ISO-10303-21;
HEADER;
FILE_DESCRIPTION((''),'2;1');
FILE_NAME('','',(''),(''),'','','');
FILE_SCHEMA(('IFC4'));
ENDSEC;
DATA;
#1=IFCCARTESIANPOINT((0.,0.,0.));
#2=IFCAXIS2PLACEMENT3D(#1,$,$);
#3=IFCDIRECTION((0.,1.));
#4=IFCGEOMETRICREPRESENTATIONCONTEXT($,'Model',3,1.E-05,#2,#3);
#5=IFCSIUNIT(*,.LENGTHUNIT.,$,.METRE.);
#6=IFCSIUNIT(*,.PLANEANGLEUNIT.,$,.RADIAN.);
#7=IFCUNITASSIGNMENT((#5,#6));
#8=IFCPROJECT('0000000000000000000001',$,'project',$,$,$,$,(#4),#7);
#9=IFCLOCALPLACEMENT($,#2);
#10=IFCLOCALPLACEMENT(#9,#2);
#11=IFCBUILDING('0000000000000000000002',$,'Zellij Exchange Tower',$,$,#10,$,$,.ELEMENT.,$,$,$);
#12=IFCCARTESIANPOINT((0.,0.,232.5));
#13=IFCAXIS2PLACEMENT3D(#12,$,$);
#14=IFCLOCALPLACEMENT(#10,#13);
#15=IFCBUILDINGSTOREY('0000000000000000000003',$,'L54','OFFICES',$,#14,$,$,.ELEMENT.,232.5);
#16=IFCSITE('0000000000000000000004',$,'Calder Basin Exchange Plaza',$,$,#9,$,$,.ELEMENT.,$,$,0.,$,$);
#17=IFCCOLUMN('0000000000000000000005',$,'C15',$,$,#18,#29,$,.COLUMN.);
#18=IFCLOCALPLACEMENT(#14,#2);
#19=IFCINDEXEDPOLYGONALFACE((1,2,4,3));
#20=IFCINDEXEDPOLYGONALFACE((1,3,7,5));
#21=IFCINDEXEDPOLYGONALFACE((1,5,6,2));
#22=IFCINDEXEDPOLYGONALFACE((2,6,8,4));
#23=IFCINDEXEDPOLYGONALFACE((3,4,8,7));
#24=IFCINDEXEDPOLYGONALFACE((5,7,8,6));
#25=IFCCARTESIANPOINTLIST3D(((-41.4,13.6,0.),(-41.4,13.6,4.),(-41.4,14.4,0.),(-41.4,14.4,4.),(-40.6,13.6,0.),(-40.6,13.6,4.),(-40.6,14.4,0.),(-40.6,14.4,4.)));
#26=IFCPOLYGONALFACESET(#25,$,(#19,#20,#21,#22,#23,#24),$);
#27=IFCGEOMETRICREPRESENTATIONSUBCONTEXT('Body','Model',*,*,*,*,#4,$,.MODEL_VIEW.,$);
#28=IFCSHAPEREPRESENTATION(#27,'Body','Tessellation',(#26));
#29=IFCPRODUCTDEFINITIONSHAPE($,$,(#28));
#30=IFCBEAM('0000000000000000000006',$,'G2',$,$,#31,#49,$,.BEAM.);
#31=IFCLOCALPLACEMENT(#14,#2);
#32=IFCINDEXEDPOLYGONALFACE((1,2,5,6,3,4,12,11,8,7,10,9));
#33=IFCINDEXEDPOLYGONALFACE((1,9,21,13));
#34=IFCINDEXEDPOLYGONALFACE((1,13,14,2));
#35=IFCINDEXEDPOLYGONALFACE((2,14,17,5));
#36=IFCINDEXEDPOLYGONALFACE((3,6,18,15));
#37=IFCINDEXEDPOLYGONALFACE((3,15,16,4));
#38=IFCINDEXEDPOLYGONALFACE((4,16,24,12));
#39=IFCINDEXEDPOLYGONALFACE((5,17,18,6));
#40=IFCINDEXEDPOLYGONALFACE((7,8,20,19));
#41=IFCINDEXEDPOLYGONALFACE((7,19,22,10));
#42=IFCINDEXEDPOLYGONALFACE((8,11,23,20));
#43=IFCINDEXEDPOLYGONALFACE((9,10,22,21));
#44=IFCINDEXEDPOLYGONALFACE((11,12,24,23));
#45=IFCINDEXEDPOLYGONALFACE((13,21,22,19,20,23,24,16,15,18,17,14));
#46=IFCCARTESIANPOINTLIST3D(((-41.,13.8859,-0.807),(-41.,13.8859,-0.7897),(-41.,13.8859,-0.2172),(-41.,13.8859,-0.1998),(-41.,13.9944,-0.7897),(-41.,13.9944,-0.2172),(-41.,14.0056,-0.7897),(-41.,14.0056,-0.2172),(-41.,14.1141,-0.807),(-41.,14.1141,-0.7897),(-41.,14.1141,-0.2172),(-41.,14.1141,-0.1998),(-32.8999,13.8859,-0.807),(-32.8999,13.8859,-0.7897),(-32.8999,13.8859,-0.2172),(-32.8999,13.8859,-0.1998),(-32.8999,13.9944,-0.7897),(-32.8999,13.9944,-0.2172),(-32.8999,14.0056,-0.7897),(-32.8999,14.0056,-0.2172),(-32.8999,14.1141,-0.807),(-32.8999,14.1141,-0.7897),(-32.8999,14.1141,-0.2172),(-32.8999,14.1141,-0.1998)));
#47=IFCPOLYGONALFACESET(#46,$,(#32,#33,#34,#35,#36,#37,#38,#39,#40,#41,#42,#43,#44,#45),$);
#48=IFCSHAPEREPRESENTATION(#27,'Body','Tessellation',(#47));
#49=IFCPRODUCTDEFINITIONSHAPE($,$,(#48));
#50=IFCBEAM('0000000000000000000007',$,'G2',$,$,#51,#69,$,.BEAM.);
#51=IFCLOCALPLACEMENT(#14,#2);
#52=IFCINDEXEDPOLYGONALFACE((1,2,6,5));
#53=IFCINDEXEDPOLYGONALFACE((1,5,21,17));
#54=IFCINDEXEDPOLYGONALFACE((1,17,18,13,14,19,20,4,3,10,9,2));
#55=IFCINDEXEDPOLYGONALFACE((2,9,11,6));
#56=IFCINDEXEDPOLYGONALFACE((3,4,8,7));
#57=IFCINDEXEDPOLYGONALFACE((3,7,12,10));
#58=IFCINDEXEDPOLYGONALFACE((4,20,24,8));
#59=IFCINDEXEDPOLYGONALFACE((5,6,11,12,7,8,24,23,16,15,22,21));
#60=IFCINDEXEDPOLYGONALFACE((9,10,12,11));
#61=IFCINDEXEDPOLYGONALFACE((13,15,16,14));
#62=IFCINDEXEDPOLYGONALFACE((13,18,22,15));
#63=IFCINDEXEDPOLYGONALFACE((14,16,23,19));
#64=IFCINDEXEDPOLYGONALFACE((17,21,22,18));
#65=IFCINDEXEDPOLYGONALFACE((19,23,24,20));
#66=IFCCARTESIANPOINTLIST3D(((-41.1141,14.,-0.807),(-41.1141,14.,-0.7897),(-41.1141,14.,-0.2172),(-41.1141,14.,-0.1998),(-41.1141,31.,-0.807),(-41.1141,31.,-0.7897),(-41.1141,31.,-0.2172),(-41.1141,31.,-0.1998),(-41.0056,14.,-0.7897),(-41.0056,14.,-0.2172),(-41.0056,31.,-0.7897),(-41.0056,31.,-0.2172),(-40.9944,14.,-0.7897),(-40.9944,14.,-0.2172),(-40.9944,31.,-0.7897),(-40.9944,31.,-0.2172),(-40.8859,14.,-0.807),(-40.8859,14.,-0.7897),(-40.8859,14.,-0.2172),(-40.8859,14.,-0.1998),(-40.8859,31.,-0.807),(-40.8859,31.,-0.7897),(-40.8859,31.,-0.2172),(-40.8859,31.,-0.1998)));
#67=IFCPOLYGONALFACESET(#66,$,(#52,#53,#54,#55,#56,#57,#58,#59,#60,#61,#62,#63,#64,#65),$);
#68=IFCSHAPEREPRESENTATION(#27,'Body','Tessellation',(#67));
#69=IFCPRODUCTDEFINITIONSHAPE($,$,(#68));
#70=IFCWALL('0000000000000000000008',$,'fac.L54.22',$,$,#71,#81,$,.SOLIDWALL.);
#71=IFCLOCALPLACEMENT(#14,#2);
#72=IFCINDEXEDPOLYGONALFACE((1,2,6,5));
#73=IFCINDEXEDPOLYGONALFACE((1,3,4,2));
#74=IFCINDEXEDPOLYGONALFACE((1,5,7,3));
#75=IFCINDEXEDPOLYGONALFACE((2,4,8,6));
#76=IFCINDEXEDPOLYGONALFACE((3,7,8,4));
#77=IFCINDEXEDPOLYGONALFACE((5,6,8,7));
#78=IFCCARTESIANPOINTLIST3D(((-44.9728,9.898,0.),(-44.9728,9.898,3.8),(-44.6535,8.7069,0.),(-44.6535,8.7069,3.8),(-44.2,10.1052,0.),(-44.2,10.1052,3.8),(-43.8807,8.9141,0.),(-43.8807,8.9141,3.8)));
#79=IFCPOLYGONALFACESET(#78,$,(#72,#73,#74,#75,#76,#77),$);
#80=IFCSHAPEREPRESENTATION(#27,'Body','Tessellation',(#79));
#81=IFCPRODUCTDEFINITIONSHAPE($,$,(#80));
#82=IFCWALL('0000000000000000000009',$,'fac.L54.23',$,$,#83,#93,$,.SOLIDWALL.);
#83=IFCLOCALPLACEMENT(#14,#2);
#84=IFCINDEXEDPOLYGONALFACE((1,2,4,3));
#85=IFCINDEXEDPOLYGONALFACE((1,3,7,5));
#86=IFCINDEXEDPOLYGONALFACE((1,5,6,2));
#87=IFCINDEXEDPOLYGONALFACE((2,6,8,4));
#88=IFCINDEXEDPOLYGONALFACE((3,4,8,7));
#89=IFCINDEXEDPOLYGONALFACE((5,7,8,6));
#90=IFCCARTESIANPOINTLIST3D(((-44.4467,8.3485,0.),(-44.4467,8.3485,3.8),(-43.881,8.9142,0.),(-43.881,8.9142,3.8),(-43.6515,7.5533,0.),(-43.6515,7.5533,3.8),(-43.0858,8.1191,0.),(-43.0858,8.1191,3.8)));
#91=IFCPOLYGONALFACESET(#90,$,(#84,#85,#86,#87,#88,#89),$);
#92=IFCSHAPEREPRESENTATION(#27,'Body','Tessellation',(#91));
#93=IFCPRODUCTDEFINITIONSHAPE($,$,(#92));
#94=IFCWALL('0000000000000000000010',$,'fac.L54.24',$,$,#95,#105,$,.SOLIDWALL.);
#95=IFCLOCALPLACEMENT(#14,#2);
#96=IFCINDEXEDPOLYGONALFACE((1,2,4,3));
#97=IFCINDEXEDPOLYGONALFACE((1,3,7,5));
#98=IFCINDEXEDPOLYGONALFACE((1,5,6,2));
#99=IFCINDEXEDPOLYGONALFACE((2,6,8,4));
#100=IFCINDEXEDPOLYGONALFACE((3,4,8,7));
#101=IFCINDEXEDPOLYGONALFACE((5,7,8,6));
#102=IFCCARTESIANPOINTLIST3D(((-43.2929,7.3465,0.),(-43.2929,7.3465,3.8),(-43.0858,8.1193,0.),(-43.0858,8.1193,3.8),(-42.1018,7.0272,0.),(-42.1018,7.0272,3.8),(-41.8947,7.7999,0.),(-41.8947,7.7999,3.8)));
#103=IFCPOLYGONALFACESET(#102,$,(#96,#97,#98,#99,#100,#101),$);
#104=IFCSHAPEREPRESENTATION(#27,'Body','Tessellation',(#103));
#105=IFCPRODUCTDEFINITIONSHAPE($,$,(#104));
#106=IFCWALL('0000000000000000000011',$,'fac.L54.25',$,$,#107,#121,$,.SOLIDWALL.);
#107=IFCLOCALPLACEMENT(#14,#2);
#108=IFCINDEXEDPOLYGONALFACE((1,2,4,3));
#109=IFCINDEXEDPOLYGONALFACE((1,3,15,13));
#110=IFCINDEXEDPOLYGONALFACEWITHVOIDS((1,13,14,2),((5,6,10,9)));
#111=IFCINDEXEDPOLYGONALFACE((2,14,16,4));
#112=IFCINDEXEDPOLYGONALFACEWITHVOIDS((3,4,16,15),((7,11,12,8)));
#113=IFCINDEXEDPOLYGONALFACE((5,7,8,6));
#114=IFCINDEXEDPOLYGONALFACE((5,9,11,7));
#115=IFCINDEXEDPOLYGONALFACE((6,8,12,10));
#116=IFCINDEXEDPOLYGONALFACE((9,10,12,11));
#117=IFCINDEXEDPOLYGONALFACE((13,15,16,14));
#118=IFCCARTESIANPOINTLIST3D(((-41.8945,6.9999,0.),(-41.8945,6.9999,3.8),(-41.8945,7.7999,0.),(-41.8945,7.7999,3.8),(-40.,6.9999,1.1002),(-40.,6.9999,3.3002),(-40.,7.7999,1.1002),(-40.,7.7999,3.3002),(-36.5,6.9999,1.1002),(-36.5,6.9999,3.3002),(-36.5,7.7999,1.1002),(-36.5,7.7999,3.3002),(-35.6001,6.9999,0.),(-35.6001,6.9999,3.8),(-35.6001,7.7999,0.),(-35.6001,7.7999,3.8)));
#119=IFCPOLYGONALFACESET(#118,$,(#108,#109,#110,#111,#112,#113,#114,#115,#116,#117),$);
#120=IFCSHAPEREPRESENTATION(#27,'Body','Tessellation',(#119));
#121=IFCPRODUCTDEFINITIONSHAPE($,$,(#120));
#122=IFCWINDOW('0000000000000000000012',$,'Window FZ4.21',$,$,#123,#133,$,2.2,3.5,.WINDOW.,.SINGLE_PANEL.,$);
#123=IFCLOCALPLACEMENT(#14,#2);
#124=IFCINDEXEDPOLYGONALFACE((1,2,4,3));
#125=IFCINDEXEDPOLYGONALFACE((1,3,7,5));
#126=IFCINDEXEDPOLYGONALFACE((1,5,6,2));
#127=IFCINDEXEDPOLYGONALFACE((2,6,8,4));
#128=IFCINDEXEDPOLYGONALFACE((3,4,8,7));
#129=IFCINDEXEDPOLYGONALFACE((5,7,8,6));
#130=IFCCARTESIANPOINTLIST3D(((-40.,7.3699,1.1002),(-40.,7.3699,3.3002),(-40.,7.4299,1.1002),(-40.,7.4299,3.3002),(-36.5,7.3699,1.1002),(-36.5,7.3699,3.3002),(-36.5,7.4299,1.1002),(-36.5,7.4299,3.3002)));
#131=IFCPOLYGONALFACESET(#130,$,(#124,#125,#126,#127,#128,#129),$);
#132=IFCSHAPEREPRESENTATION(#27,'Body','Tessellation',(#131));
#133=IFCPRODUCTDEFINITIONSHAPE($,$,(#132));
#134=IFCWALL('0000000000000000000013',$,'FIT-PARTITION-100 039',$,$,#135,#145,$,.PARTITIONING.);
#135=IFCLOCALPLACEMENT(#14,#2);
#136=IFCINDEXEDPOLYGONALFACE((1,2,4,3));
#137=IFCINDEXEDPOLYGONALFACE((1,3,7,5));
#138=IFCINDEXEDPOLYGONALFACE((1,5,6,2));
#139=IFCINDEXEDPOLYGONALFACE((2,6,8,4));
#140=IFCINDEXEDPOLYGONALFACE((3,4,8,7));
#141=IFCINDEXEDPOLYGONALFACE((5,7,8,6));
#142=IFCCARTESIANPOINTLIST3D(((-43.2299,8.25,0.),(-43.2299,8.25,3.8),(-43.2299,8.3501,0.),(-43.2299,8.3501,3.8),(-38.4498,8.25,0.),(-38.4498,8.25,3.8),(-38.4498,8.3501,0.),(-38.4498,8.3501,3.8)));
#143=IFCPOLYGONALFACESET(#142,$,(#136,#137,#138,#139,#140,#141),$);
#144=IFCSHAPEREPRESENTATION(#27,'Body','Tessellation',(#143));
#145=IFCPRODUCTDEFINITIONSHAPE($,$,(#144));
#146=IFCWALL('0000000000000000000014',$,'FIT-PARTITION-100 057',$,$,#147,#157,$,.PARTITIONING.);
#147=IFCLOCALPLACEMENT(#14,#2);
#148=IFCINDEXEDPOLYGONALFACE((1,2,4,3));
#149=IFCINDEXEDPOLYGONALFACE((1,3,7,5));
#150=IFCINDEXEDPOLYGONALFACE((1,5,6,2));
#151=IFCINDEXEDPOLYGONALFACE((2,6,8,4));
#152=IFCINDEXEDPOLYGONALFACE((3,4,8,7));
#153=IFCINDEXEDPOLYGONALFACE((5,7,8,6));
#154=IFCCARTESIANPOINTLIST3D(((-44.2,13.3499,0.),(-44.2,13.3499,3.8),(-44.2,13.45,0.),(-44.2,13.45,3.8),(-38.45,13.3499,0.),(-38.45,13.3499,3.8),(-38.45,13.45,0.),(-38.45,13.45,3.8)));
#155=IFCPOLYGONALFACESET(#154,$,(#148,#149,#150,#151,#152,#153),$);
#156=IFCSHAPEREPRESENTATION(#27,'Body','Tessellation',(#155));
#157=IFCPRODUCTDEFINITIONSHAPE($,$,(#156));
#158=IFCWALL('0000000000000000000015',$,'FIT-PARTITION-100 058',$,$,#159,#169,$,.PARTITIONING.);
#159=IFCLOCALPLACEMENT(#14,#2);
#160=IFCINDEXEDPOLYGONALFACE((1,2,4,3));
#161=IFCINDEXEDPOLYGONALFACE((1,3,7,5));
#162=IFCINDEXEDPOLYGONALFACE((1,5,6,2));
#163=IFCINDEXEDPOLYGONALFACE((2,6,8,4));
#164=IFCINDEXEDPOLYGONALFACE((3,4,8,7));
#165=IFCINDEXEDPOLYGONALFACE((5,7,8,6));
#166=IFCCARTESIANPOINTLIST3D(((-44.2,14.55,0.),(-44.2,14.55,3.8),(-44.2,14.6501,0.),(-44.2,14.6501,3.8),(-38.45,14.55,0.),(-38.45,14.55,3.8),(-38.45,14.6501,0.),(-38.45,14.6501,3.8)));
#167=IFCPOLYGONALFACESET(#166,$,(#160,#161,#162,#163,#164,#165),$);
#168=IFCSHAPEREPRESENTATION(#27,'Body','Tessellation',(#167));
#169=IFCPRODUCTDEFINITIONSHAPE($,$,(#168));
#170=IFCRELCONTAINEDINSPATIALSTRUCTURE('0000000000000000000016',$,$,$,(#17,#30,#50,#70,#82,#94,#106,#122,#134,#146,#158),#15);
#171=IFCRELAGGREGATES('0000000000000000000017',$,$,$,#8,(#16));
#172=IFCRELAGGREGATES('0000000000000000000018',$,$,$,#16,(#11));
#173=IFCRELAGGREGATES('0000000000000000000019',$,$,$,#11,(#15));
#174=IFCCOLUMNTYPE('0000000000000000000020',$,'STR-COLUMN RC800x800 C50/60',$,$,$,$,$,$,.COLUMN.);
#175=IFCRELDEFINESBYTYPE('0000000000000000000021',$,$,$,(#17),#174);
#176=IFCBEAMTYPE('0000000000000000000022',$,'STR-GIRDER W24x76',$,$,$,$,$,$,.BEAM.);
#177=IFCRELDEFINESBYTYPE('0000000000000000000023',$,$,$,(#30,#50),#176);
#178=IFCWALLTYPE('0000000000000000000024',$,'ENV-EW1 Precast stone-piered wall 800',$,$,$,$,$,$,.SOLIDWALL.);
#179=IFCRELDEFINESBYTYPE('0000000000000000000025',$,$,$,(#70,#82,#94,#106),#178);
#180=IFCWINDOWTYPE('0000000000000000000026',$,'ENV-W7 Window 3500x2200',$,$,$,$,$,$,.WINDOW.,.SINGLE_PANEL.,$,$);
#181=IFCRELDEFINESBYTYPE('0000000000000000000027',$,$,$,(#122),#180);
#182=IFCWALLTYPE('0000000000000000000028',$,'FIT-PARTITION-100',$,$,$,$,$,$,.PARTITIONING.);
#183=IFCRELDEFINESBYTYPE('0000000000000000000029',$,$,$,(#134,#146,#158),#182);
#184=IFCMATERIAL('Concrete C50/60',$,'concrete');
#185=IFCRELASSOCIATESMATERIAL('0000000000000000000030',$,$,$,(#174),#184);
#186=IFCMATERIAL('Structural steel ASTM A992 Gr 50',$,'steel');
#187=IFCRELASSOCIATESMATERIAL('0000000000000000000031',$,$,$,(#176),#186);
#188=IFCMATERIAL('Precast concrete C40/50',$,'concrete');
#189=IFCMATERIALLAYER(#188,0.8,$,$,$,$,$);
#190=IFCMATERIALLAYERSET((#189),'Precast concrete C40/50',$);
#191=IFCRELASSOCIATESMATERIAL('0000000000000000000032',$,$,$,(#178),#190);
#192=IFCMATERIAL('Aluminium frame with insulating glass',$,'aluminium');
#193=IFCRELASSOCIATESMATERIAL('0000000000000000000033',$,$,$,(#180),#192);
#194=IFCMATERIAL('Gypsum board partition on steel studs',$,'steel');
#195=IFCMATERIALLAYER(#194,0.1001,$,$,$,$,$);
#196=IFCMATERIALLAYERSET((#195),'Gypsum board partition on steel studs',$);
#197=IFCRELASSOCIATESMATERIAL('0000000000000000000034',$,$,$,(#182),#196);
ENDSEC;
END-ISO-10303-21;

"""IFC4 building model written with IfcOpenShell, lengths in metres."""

from ifc_helpers import new_model, si_unit, direction, frame, frame_2d, origin, origin_2d, place, context, subcontext, project, spatial, rectangle, i_section, extrude, material, layer, layer_set, material_profile, profile_set, type_object, element, fill, save


model = new_model("IFC4")

# Units and contexts
model_context = context("Model", 3, precision=1e-05, world=origin(), true_north=direction((0.0, 1.0)))
body_context = subcontext(model_context, "Body", "Model", "MODEL_VIEW")
ifc_project = project(units=[si_unit("LENGTHUNIT", "METRE"), si_unit("PLANEANGLEUNIT", "RADIAN")], contexts=[model_context])

# Site, building, storey
site_placement = place(None, origin())
site = spatial("IfcSite", under=ifc_project, at=site_placement, Name="Calder Basin Exchange Plaza", CompositionType="ELEMENT", RefElevation=0.0)
building_placement = place(site_placement, origin())
building = spatial("IfcBuilding", under=site, at=building_placement, Name="Zellij Exchange Tower", CompositionType="ELEMENT")
storey_placement = place(building_placement, frame((0.0, 0.0, 232.5)))
storey = spatial("IfcBuildingStorey", under=building, at=storey_placement, Name="L54", Description="OFFICES", CompositionType="ELEMENT", Elevation=232.5)

# Column
ifc_material_1 = material(Name="Concrete C50/60", Category="concrete")
ifc_material_profile_1 = material_profile(ifc_material_1, rectangle(XDim=0.8, YDim=0.8, at=origin_2d()), Name="STR-COLUMN RC800x800 C50/60")
ifc_profile_set_1 = profile_set([ifc_material_profile_1], Name="Concrete C50/60")
column_type = type_object("IfcColumnType", Name="STR-COLUMN RC800x800 C50/60", PredefinedType="COLUMN", material=ifc_profile_set_1)
column_placement = place(storey_placement, frame((-41.0, 14.0, 0.0), z_axis=(0.0, 0.0, 1.0), x_axis=(1.0, 0.0, 0.0)))
element("IfcColumn", 1, at=column_placement, inside=storey, type_object=column_type, Name="C15", PredefinedType="COLUMN", context=body_context, shape_type="SweptSolid", body=[
    extrude(rectangle(XDim=0.8, YDim=0.8, at=origin_2d()), origin(), (0.0, 0.0, 1.0), 4.0),
])

# Beams
ifc_material_2 = material(Name="Structural steel ASTM A992 Gr 50", Category="steel")
ifc_material_profile_2 = material_profile(ifc_material_2, i_section(OverallWidth=0.2283, OverallDepth=0.6072, WebThickness=0.0112, FlangeThickness=0.0173, at=origin_2d()), Name="W24x76")
ifc_profile_set_2 = profile_set([ifc_material_profile_2], Name="Structural steel ASTM A992 Gr 50")
beam_type = type_object("IfcBeamType", Name="STR-GIRDER W24x76", PredefinedType="BEAM", material=ifc_profile_set_2)
beam_1_placement = place(storey_placement, frame((-41.0, 14.0, -0.5034), z_axis=(1.0, 0.0, 0.0), x_axis=(0.0, 1.0, 0.0)))
element("IfcBeam", 2, at=beam_1_placement, inside=storey, type_object=beam_type, Name="G2", PredefinedType="BEAM", context=body_context, shape_type="SweptSolid", body=[
    extrude(i_section(OverallWidth=0.2283, OverallDepth=0.6072, WebThickness=0.0112, FlangeThickness=0.0173, at=origin_2d()), origin(), (0.0, 0.0, 1.0), 8.1001),
])
beam_2_placement = place(storey_placement, frame((-41.0, 14.0, -0.5034), z_axis=(0.0, 1.0, 0.0), x_axis=(-1.0, 0.0, 0.0)))
element("IfcBeam", 3, at=beam_2_placement, inside=storey, type_object=beam_type, Name="G2", PredefinedType="BEAM", context=body_context, shape_type="SweptSolid", body=[
    extrude(i_section(OverallWidth=0.2283, OverallDepth=0.6072, WebThickness=0.0112, FlangeThickness=0.0173, at=origin_2d()), origin(), (0.0, 0.0, 1.0), 17.0),
])

# Walls
ifc_material_3 = material(Name="Precast concrete C40/50", Category="concrete")
ifc_layer_1 = layer(ifc_material_3, 0.8)
ifc_layer_set_1 = layer_set([ifc_layer_1], Name="Precast concrete C40/50")
wall_type_1 = type_object("IfcWallType", Name="ENV-EW1 Precast stone-piered wall 800", PredefinedType="SOLIDWALL", material=ifc_layer_set_1)
wall_1_placement = place(storey_placement, frame((-44.5864, 10.0017, 0.0), z_axis=(0.0, 0.0, 1.0), x_axis=(0.258944, -0.965892, 0.0)))
element("IfcWall", 4, at=wall_1_placement, inside=storey, type_object=wall_type_1, Name="fac.L54.22", PredefinedType="SOLIDWALL", context=body_context, shape_type="SweptSolid", body=[
    extrude(rectangle(XDim=1.2332, YDim=0.8, at=frame_2d((0.6167, 0.0))), origin(), (0.0, 0.0, 1.0), 3.8),
])
wall_2_placement = place(storey_placement, frame((-44.1638, 8.6313, 0.0), z_axis=(0.0, 0.0, 1.0), x_axis=(0.707107, -0.707107, 0.0)))
element("IfcWall", 5, at=wall_2_placement, inside=storey, type_object=wall_type_1, Name="fac.L54.23", PredefinedType="SOLIDWALL", context=body_context, shape_type="SweptSolid", body=[
    extrude(rectangle(XDim=1.1245, YDim=0.8, at=frame_2d((0.5623, 0.0))), origin(), (0.0, 0.0, 1.0), 3.8),
])
wall_3_placement = place(storey_placement, frame((-43.1895, 7.7329, 0.0), z_axis=(0.0, 0.0, 1.0), x_axis=(0.965892, -0.258944, 0.0)))
element("IfcWall", 6, at=wall_3_placement, inside=storey, type_object=wall_type_1, Name="fac.L54.24", PredefinedType="SOLIDWALL", context=body_context, shape_type="SweptSolid", body=[
    extrude(rectangle(XDim=1.2332, YDim=0.8, at=frame_2d((0.6167, 0.0))), origin(), (0.0, 0.0, 1.0), 3.8),
])

# Wall, opening, window
wall_4_placement = place(storey_placement, frame((-41.8945, 7.3999, 0.0), z_axis=(0.0, 0.0, 1.0), x_axis=(1.0, 0.0, 0.0)))
wall_4 = element("IfcWall", 7, at=wall_4_placement, inside=storey, type_object=wall_type_1, Name="fac.L54.25", PredefinedType="SOLIDWALL", context=body_context, shape_type="SweptSolid", body=[
    extrude(rectangle(XDim=6.2944, YDim=0.8, at=frame_2d((3.1472, 0.0))), origin(), (0.0, 0.0, 1.0), 3.8),
])
opening_placement = place(wall_4_placement, frame((1.8945, 0.0, 1.1001)))
opening = element("IfcOpeningElement", 8, at=opening_placement, cuts=wall_4, PredefinedType="OPENING", context=body_context, shape_type="SweptSolid", body=[
    extrude(rectangle(XDim=3.5, YDim=2.2, at=frame_2d((1.75, 1.1001))), frame((0.0, 0.4121, 0.0), z_axis=(0.0, -1.0, 0.0), x_axis=(1.0, 0.0, 0.0)), (0.0, 0.0, 1.0), 0.824),
])
ifc_material_4 = material(Name="Aluminium frame with insulating glass", Category="aluminium")
window_type = type_object("IfcWindowType", Name="ENV-W7 Window 3500x2200", PartitioningType="SINGLE_PANEL", PredefinedType="WINDOW", material=ifc_material_4)
window_placement = place(opening_placement, origin())
window = element("IfcWindow", 9, at=window_placement, inside=storey, type_object=window_type, Name="Window FZ4.21", OverallHeight=2.2, OverallWidth=3.5, PartitioningType="SINGLE_PANEL", PredefinedType="WINDOW", context=body_context, shape_type="SweptSolid", body=[
    extrude(rectangle(XDim=3.5, YDim=2.2, at=frame_2d((1.75, 1.1001))), frame((0.0, 0.03, 0.0), z_axis=(0.0, -1.0, 0.0), x_axis=(1.0, 0.0, 0.0)), (0.0, 0.0, 1.0), 0.0601),
])
fill(opening, window)

# Walls
ifc_material_5 = material(Name="Gypsum board partition on steel studs", Category="steel")
ifc_layer_2 = layer(ifc_material_5, 0.1001)
ifc_layer_set_2 = layer_set([ifc_layer_2], Name="Gypsum board partition on steel studs")
wall_type_2 = type_object("IfcWallType", Name="FIT-PARTITION-100", PredefinedType="PARTITIONING", material=ifc_layer_set_2)
wall_5_placement = place(storey_placement, frame((-43.23, 8.3, 0.0), z_axis=(0.0, 0.0, 1.0), x_axis=(1.0, 0.0, 0.0)))
element("IfcWall", 10, at=wall_5_placement, inside=storey, type_object=wall_type_2, Name="FIT-PARTITION-100 039", PredefinedType="PARTITIONING", context=body_context, shape_type="SweptSolid", body=[
    extrude(rectangle(XDim=4.78, YDim=0.1001, at=frame_2d((2.3901, 0.0))), origin(), (0.0, 0.0, 1.0), 3.8),
])
for number, where, z_axis, x_axis, name in (
    (11, (-44.2, 13.3999, 0.0), (0.0, 0.0, 1.0), (1.0, 0.0, 0.0), "FIT-PARTITION-100 057"),
    (12, (-44.2, 14.6001, 0.0), (0.0, 0.0, 1.0), (1.0, 0.0, 0.0), "FIT-PARTITION-100 058"),
):
    element("IfcWall", number, at=place(storey_placement, frame(where, z_axis=z_axis, x_axis=x_axis)), inside=storey, type_object=wall_type_2, Name=name, PredefinedType="PARTITIONING", context=body_context, shape_type="SweptSolid", body=[
        extrude(rectangle(XDim=5.75, YDim=0.1001, at=frame_2d((2.875, 0.0))), origin(), (0.0, 0.0, 1.0), 3.8),
    ])

save(model, "model.ifc")
